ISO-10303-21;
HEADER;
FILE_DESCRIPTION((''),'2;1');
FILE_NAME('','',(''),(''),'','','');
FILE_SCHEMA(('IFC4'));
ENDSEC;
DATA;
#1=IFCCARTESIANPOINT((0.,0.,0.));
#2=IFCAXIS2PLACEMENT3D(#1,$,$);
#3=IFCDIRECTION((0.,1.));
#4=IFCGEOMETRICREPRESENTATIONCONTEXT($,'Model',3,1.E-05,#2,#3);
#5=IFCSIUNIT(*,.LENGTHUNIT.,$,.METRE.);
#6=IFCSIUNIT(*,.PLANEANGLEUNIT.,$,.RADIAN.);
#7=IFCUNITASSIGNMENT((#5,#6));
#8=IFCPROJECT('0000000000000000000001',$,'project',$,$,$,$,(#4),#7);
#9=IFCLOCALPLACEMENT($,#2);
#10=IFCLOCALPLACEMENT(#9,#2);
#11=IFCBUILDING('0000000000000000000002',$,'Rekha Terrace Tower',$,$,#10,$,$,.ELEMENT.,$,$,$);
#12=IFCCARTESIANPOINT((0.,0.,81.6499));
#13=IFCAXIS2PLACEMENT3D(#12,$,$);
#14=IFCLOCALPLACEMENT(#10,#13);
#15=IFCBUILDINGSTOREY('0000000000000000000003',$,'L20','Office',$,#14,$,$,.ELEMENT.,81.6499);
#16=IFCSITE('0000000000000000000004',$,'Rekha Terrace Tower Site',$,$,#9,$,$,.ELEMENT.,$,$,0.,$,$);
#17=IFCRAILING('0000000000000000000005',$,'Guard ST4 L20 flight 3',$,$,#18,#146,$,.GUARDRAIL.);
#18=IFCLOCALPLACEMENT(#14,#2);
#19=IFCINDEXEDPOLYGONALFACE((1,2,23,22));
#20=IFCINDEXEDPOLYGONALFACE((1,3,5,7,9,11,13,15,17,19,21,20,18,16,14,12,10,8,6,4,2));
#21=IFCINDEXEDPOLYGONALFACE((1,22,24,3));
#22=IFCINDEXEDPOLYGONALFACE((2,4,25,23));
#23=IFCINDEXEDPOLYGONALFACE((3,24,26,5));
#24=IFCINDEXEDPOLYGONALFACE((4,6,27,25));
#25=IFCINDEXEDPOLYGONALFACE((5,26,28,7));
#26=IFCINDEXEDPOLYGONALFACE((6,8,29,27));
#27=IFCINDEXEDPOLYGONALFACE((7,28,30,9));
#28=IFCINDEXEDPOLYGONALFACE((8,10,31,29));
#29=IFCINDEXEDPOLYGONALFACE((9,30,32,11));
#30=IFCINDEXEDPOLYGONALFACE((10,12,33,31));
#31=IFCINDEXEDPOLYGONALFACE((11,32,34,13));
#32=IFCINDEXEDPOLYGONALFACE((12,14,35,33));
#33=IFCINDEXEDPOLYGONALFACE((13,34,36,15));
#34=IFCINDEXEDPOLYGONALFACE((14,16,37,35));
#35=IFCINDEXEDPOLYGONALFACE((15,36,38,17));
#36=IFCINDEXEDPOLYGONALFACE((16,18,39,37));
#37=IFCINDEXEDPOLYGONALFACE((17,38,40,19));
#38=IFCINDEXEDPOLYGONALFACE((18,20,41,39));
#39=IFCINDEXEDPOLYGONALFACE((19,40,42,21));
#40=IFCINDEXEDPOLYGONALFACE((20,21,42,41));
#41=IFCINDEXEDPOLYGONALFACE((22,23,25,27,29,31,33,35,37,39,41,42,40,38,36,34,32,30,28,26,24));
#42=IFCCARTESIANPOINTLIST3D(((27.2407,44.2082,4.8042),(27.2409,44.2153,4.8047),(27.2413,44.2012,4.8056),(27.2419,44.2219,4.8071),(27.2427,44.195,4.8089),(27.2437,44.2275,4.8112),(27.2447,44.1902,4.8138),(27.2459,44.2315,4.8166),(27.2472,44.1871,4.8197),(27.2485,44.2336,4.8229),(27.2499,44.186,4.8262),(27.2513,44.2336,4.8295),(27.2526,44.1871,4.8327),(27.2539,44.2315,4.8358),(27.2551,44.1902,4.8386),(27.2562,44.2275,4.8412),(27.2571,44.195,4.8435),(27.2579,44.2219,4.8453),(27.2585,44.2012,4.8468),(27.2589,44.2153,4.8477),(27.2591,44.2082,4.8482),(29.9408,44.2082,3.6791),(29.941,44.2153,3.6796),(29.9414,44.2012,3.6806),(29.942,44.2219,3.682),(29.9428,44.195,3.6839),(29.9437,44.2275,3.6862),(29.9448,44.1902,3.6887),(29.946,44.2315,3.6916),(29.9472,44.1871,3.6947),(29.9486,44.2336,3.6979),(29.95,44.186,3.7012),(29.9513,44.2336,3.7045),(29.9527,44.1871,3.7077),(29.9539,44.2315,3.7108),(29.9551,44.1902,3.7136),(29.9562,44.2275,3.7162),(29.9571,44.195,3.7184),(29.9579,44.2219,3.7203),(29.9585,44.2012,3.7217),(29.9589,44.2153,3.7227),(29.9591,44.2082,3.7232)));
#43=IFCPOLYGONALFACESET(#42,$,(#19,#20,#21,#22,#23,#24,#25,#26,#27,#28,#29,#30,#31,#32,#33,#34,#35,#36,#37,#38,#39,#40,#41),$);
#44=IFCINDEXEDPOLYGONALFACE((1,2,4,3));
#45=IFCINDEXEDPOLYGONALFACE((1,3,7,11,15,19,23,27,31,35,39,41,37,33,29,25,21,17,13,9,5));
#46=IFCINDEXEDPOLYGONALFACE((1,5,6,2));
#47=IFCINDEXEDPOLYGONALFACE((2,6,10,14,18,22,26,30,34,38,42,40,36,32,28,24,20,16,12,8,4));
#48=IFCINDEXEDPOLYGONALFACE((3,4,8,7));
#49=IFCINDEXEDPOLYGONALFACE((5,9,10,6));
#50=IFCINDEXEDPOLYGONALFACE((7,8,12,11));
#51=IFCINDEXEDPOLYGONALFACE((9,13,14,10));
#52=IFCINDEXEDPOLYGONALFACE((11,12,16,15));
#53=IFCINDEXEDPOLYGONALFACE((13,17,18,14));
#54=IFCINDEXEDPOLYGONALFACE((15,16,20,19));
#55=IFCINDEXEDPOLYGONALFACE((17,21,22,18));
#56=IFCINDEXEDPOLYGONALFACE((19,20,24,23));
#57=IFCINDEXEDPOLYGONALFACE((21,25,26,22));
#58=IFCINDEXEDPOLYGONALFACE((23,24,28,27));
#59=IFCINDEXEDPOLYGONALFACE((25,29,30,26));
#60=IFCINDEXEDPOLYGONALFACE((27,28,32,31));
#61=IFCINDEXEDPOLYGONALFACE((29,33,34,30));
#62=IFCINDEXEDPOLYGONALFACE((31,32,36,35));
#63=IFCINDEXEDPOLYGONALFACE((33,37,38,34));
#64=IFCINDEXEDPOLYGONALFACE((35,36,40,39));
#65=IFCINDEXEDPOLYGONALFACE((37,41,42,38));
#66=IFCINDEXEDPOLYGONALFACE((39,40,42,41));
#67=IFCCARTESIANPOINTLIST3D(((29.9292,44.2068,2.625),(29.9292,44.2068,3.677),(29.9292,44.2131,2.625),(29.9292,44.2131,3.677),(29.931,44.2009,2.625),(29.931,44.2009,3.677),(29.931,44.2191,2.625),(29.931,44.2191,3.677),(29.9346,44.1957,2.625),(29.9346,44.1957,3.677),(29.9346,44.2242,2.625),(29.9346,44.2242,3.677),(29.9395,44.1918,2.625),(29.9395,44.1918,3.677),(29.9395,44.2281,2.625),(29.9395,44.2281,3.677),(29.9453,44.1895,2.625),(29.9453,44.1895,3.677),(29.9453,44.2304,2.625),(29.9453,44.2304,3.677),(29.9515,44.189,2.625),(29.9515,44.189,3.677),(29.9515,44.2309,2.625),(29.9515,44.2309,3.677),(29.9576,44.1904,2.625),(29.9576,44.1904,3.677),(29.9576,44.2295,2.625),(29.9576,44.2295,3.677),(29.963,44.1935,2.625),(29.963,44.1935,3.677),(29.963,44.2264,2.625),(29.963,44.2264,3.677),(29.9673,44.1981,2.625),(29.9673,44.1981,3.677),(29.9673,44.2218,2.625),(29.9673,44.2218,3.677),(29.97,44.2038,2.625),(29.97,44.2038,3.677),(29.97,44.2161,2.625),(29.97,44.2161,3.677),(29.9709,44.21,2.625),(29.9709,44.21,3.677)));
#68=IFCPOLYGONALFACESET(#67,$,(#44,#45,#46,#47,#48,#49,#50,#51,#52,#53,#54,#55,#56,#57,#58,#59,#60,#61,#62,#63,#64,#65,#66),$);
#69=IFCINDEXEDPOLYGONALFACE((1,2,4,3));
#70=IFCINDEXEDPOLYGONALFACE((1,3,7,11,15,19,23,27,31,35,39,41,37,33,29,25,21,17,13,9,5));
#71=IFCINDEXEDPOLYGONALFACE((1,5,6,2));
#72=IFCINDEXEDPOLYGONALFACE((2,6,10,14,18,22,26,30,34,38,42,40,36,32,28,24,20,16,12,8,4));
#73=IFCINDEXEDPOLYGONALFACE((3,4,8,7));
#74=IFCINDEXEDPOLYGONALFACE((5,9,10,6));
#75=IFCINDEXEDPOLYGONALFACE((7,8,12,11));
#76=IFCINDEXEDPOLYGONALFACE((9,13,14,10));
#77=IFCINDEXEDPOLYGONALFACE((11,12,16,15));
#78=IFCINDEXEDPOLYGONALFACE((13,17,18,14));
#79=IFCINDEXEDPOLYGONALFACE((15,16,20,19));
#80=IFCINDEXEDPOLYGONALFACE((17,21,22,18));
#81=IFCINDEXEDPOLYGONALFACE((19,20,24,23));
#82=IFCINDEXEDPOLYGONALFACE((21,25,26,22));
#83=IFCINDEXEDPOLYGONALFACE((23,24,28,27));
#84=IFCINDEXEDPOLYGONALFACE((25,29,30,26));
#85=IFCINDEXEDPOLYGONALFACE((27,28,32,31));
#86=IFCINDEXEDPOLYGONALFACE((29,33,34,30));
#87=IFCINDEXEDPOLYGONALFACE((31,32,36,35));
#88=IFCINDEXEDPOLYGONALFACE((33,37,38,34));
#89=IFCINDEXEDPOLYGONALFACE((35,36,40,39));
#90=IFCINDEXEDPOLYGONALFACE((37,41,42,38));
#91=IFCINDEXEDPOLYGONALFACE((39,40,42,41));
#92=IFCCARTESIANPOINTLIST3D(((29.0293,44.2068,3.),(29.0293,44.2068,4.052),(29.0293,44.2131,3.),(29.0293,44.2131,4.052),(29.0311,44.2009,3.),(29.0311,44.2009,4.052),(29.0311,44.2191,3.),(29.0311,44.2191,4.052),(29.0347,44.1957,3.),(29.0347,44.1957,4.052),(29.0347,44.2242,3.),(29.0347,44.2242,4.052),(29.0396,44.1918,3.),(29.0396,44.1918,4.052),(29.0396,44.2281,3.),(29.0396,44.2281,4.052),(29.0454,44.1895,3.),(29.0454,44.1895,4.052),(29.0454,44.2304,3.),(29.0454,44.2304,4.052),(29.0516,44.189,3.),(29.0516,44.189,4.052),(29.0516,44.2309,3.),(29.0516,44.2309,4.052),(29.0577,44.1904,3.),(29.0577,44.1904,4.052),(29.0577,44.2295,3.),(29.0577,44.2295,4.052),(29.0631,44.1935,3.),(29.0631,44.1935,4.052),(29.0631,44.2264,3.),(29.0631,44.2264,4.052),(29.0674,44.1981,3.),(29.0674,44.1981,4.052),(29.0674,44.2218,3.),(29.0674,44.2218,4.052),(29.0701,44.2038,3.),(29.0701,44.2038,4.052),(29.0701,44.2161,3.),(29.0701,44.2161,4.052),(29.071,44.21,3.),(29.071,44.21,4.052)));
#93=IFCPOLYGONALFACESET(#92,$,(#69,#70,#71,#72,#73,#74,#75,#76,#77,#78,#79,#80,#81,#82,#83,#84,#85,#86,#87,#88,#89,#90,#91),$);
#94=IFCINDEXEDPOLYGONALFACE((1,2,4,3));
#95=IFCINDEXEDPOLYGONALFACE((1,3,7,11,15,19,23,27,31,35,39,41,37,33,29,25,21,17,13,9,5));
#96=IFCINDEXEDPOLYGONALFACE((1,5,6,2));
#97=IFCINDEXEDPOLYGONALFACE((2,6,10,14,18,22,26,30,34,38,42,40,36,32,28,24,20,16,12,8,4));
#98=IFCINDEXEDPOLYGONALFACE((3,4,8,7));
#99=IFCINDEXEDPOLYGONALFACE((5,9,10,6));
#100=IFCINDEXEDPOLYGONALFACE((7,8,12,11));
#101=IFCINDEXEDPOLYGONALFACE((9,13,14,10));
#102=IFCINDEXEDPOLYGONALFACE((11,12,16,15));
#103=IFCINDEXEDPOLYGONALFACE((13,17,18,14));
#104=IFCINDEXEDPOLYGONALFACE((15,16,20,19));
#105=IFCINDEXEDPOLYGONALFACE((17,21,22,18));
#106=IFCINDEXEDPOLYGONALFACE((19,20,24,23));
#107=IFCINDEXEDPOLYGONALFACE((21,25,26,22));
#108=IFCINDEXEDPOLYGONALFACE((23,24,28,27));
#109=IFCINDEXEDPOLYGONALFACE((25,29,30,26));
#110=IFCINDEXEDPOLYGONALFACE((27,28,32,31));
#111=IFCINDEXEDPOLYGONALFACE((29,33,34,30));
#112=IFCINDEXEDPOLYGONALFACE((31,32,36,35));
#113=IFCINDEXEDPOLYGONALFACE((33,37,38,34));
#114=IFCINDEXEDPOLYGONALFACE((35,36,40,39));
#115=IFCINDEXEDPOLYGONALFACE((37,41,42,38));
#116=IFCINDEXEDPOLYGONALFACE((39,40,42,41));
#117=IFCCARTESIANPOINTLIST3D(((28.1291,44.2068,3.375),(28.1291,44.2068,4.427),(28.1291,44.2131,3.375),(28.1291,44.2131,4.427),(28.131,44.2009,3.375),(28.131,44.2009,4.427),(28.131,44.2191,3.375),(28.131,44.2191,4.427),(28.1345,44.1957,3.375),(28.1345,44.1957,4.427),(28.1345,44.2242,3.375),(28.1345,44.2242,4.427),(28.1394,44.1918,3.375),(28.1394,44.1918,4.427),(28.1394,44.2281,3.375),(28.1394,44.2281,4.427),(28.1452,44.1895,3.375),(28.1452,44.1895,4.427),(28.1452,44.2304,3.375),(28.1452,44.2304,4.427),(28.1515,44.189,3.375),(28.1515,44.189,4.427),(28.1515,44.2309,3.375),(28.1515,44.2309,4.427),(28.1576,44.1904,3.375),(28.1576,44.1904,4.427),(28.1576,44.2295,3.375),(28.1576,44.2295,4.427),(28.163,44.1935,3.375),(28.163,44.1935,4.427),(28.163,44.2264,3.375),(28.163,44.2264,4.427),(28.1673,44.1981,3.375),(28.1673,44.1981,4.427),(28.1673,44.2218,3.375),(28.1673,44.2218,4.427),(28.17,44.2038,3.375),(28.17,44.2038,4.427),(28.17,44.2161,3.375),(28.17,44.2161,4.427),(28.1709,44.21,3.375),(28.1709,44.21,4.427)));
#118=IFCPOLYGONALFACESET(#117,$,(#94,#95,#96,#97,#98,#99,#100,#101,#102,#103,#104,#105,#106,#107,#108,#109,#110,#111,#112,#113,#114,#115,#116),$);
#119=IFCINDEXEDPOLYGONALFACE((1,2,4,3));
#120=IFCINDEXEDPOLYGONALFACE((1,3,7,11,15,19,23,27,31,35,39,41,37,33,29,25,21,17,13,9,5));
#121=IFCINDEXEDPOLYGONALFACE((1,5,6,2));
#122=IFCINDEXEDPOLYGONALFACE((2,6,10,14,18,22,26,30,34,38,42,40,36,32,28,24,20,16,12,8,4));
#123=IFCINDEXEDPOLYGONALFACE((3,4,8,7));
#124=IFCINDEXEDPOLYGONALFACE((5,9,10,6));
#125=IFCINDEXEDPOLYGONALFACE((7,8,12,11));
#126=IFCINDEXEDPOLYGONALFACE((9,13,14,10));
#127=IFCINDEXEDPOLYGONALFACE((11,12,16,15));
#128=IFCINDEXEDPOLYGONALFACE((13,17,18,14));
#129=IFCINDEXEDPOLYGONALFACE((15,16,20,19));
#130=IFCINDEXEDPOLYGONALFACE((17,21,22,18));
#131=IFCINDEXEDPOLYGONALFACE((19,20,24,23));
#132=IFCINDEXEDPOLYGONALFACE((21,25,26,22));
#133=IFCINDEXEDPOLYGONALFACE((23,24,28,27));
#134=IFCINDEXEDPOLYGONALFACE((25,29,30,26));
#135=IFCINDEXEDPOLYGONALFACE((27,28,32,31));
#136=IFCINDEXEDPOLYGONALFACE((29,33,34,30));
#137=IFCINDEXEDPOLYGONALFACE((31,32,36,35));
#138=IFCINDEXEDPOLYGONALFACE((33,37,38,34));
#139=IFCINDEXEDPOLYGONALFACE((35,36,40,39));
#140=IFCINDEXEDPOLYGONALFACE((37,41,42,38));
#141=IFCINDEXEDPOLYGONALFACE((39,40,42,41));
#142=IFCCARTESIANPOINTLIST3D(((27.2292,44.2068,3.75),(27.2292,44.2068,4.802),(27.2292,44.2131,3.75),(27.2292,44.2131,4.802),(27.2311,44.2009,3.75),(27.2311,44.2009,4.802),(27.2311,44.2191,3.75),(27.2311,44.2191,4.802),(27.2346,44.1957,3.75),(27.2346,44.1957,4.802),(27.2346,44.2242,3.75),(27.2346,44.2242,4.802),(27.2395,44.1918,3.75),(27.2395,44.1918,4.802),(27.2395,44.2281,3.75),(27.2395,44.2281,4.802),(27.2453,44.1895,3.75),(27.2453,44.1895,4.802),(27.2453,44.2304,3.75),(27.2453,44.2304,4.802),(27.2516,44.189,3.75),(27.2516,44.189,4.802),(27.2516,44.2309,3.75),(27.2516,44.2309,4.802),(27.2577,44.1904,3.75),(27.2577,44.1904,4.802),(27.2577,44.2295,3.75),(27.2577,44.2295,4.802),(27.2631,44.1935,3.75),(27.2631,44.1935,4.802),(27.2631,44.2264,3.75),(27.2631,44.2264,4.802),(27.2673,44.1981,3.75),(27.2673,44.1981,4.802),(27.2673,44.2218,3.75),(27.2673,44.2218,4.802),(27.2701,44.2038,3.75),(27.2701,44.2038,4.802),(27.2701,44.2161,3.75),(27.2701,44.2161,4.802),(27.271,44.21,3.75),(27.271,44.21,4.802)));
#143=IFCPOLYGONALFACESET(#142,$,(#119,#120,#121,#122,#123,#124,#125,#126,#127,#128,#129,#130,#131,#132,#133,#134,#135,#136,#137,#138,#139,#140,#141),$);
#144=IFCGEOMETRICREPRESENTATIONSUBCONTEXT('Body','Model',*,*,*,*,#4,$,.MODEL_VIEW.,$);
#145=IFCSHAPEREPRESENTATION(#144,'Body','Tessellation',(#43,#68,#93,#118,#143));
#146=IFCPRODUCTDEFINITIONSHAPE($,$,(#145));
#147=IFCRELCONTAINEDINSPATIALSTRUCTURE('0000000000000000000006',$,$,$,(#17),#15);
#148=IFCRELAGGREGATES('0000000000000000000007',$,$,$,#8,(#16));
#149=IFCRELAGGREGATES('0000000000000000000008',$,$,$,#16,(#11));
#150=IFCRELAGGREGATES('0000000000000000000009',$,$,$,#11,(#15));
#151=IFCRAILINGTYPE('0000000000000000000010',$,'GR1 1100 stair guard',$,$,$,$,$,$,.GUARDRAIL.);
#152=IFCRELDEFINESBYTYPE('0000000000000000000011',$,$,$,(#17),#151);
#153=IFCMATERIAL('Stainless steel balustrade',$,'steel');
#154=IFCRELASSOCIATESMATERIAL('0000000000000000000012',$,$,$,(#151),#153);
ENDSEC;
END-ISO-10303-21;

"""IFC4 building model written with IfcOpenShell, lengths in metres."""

from ifc_helpers import new_model, si_unit, direction, frame, origin, origin_2d, place, context, subcontext, project, spatial, circle, extrude, material, type_object, element, save


model = new_model("IFC4")

# Units and contexts
model_context = context("Model", 3, precision=1e-05, world=origin(), true_north=direction((0.0, 1.0)))
body_context = subcontext(model_context, "Body", "Model", "MODEL_VIEW")
ifc_project = project(units=[si_unit("LENGTHUNIT", "METRE"), si_unit("PLANEANGLEUNIT", "RADIAN")], contexts=[model_context])

# Site, building, storey
site_placement = place(None, origin())
site = spatial("IfcSite", under=ifc_project, at=site_placement, Name="Rekha Terrace Tower Site", CompositionType="ELEMENT", RefElevation=0.0)
building_placement = place(site_placement, origin())
building = spatial("IfcBuilding", under=site, at=building_placement, Name="Rekha Terrace Tower", CompositionType="ELEMENT")
storey_placement = place(building_placement, frame((0.0, 0.0, 81.6499)))
storey = spatial("IfcBuildingStorey", under=building, at=storey_placement, Name="L20", Description="Office", CompositionType="ELEMENT", Elevation=81.6499)

# Railing
ifc_material_1 = material(Name="Stainless steel balustrade", Category="steel")
railing_type_1 = type_object("IfcRailingType", Name="GR1 1100 stair guard", PredefinedType="GUARDRAIL", material=ifc_material_1)
railing_1_placement = place(storey_placement, frame((29.95, 44.21, 2.625)))
element("IfcRailing", 1, at=railing_1_placement, inside=storey, type_object=railing_type_1, Name="Guard ST4 L20 flight 3", PredefinedType="GUARDRAIL", context=body_context, shape_type="SweptSolid", body=[
    extrude(circle(Radius=0.0239, at=origin_2d()), frame((0.0, 0.0, 1.0762), z_axis=(-0.923074, 0.0, 0.384621), x_axis=(0.0, -1.0, 0.0)), (0.0, 0.0, 1.0), 2.925),
    extrude(circle(Radius=0.021, at=origin_2d()), origin(), (0.0, 0.0, 1.0), 1.052),
    extrude(circle(Radius=0.021, at=origin_2d()), frame((-0.8999, 0.0, 0.375)), (0.0, 0.0, 1.0), 1.052),
    extrude(circle(Radius=0.021, at=origin_2d()), frame((-1.8, 0.0, 0.75)), (0.0, 0.0, 1.0), 1.052),
    extrude(circle(Radius=0.021, at=origin_2d()), frame((-2.7, 0.0, 1.125)), (0.0, 0.0, 1.0), 1.052),
])

save(model, "model.ifc")
